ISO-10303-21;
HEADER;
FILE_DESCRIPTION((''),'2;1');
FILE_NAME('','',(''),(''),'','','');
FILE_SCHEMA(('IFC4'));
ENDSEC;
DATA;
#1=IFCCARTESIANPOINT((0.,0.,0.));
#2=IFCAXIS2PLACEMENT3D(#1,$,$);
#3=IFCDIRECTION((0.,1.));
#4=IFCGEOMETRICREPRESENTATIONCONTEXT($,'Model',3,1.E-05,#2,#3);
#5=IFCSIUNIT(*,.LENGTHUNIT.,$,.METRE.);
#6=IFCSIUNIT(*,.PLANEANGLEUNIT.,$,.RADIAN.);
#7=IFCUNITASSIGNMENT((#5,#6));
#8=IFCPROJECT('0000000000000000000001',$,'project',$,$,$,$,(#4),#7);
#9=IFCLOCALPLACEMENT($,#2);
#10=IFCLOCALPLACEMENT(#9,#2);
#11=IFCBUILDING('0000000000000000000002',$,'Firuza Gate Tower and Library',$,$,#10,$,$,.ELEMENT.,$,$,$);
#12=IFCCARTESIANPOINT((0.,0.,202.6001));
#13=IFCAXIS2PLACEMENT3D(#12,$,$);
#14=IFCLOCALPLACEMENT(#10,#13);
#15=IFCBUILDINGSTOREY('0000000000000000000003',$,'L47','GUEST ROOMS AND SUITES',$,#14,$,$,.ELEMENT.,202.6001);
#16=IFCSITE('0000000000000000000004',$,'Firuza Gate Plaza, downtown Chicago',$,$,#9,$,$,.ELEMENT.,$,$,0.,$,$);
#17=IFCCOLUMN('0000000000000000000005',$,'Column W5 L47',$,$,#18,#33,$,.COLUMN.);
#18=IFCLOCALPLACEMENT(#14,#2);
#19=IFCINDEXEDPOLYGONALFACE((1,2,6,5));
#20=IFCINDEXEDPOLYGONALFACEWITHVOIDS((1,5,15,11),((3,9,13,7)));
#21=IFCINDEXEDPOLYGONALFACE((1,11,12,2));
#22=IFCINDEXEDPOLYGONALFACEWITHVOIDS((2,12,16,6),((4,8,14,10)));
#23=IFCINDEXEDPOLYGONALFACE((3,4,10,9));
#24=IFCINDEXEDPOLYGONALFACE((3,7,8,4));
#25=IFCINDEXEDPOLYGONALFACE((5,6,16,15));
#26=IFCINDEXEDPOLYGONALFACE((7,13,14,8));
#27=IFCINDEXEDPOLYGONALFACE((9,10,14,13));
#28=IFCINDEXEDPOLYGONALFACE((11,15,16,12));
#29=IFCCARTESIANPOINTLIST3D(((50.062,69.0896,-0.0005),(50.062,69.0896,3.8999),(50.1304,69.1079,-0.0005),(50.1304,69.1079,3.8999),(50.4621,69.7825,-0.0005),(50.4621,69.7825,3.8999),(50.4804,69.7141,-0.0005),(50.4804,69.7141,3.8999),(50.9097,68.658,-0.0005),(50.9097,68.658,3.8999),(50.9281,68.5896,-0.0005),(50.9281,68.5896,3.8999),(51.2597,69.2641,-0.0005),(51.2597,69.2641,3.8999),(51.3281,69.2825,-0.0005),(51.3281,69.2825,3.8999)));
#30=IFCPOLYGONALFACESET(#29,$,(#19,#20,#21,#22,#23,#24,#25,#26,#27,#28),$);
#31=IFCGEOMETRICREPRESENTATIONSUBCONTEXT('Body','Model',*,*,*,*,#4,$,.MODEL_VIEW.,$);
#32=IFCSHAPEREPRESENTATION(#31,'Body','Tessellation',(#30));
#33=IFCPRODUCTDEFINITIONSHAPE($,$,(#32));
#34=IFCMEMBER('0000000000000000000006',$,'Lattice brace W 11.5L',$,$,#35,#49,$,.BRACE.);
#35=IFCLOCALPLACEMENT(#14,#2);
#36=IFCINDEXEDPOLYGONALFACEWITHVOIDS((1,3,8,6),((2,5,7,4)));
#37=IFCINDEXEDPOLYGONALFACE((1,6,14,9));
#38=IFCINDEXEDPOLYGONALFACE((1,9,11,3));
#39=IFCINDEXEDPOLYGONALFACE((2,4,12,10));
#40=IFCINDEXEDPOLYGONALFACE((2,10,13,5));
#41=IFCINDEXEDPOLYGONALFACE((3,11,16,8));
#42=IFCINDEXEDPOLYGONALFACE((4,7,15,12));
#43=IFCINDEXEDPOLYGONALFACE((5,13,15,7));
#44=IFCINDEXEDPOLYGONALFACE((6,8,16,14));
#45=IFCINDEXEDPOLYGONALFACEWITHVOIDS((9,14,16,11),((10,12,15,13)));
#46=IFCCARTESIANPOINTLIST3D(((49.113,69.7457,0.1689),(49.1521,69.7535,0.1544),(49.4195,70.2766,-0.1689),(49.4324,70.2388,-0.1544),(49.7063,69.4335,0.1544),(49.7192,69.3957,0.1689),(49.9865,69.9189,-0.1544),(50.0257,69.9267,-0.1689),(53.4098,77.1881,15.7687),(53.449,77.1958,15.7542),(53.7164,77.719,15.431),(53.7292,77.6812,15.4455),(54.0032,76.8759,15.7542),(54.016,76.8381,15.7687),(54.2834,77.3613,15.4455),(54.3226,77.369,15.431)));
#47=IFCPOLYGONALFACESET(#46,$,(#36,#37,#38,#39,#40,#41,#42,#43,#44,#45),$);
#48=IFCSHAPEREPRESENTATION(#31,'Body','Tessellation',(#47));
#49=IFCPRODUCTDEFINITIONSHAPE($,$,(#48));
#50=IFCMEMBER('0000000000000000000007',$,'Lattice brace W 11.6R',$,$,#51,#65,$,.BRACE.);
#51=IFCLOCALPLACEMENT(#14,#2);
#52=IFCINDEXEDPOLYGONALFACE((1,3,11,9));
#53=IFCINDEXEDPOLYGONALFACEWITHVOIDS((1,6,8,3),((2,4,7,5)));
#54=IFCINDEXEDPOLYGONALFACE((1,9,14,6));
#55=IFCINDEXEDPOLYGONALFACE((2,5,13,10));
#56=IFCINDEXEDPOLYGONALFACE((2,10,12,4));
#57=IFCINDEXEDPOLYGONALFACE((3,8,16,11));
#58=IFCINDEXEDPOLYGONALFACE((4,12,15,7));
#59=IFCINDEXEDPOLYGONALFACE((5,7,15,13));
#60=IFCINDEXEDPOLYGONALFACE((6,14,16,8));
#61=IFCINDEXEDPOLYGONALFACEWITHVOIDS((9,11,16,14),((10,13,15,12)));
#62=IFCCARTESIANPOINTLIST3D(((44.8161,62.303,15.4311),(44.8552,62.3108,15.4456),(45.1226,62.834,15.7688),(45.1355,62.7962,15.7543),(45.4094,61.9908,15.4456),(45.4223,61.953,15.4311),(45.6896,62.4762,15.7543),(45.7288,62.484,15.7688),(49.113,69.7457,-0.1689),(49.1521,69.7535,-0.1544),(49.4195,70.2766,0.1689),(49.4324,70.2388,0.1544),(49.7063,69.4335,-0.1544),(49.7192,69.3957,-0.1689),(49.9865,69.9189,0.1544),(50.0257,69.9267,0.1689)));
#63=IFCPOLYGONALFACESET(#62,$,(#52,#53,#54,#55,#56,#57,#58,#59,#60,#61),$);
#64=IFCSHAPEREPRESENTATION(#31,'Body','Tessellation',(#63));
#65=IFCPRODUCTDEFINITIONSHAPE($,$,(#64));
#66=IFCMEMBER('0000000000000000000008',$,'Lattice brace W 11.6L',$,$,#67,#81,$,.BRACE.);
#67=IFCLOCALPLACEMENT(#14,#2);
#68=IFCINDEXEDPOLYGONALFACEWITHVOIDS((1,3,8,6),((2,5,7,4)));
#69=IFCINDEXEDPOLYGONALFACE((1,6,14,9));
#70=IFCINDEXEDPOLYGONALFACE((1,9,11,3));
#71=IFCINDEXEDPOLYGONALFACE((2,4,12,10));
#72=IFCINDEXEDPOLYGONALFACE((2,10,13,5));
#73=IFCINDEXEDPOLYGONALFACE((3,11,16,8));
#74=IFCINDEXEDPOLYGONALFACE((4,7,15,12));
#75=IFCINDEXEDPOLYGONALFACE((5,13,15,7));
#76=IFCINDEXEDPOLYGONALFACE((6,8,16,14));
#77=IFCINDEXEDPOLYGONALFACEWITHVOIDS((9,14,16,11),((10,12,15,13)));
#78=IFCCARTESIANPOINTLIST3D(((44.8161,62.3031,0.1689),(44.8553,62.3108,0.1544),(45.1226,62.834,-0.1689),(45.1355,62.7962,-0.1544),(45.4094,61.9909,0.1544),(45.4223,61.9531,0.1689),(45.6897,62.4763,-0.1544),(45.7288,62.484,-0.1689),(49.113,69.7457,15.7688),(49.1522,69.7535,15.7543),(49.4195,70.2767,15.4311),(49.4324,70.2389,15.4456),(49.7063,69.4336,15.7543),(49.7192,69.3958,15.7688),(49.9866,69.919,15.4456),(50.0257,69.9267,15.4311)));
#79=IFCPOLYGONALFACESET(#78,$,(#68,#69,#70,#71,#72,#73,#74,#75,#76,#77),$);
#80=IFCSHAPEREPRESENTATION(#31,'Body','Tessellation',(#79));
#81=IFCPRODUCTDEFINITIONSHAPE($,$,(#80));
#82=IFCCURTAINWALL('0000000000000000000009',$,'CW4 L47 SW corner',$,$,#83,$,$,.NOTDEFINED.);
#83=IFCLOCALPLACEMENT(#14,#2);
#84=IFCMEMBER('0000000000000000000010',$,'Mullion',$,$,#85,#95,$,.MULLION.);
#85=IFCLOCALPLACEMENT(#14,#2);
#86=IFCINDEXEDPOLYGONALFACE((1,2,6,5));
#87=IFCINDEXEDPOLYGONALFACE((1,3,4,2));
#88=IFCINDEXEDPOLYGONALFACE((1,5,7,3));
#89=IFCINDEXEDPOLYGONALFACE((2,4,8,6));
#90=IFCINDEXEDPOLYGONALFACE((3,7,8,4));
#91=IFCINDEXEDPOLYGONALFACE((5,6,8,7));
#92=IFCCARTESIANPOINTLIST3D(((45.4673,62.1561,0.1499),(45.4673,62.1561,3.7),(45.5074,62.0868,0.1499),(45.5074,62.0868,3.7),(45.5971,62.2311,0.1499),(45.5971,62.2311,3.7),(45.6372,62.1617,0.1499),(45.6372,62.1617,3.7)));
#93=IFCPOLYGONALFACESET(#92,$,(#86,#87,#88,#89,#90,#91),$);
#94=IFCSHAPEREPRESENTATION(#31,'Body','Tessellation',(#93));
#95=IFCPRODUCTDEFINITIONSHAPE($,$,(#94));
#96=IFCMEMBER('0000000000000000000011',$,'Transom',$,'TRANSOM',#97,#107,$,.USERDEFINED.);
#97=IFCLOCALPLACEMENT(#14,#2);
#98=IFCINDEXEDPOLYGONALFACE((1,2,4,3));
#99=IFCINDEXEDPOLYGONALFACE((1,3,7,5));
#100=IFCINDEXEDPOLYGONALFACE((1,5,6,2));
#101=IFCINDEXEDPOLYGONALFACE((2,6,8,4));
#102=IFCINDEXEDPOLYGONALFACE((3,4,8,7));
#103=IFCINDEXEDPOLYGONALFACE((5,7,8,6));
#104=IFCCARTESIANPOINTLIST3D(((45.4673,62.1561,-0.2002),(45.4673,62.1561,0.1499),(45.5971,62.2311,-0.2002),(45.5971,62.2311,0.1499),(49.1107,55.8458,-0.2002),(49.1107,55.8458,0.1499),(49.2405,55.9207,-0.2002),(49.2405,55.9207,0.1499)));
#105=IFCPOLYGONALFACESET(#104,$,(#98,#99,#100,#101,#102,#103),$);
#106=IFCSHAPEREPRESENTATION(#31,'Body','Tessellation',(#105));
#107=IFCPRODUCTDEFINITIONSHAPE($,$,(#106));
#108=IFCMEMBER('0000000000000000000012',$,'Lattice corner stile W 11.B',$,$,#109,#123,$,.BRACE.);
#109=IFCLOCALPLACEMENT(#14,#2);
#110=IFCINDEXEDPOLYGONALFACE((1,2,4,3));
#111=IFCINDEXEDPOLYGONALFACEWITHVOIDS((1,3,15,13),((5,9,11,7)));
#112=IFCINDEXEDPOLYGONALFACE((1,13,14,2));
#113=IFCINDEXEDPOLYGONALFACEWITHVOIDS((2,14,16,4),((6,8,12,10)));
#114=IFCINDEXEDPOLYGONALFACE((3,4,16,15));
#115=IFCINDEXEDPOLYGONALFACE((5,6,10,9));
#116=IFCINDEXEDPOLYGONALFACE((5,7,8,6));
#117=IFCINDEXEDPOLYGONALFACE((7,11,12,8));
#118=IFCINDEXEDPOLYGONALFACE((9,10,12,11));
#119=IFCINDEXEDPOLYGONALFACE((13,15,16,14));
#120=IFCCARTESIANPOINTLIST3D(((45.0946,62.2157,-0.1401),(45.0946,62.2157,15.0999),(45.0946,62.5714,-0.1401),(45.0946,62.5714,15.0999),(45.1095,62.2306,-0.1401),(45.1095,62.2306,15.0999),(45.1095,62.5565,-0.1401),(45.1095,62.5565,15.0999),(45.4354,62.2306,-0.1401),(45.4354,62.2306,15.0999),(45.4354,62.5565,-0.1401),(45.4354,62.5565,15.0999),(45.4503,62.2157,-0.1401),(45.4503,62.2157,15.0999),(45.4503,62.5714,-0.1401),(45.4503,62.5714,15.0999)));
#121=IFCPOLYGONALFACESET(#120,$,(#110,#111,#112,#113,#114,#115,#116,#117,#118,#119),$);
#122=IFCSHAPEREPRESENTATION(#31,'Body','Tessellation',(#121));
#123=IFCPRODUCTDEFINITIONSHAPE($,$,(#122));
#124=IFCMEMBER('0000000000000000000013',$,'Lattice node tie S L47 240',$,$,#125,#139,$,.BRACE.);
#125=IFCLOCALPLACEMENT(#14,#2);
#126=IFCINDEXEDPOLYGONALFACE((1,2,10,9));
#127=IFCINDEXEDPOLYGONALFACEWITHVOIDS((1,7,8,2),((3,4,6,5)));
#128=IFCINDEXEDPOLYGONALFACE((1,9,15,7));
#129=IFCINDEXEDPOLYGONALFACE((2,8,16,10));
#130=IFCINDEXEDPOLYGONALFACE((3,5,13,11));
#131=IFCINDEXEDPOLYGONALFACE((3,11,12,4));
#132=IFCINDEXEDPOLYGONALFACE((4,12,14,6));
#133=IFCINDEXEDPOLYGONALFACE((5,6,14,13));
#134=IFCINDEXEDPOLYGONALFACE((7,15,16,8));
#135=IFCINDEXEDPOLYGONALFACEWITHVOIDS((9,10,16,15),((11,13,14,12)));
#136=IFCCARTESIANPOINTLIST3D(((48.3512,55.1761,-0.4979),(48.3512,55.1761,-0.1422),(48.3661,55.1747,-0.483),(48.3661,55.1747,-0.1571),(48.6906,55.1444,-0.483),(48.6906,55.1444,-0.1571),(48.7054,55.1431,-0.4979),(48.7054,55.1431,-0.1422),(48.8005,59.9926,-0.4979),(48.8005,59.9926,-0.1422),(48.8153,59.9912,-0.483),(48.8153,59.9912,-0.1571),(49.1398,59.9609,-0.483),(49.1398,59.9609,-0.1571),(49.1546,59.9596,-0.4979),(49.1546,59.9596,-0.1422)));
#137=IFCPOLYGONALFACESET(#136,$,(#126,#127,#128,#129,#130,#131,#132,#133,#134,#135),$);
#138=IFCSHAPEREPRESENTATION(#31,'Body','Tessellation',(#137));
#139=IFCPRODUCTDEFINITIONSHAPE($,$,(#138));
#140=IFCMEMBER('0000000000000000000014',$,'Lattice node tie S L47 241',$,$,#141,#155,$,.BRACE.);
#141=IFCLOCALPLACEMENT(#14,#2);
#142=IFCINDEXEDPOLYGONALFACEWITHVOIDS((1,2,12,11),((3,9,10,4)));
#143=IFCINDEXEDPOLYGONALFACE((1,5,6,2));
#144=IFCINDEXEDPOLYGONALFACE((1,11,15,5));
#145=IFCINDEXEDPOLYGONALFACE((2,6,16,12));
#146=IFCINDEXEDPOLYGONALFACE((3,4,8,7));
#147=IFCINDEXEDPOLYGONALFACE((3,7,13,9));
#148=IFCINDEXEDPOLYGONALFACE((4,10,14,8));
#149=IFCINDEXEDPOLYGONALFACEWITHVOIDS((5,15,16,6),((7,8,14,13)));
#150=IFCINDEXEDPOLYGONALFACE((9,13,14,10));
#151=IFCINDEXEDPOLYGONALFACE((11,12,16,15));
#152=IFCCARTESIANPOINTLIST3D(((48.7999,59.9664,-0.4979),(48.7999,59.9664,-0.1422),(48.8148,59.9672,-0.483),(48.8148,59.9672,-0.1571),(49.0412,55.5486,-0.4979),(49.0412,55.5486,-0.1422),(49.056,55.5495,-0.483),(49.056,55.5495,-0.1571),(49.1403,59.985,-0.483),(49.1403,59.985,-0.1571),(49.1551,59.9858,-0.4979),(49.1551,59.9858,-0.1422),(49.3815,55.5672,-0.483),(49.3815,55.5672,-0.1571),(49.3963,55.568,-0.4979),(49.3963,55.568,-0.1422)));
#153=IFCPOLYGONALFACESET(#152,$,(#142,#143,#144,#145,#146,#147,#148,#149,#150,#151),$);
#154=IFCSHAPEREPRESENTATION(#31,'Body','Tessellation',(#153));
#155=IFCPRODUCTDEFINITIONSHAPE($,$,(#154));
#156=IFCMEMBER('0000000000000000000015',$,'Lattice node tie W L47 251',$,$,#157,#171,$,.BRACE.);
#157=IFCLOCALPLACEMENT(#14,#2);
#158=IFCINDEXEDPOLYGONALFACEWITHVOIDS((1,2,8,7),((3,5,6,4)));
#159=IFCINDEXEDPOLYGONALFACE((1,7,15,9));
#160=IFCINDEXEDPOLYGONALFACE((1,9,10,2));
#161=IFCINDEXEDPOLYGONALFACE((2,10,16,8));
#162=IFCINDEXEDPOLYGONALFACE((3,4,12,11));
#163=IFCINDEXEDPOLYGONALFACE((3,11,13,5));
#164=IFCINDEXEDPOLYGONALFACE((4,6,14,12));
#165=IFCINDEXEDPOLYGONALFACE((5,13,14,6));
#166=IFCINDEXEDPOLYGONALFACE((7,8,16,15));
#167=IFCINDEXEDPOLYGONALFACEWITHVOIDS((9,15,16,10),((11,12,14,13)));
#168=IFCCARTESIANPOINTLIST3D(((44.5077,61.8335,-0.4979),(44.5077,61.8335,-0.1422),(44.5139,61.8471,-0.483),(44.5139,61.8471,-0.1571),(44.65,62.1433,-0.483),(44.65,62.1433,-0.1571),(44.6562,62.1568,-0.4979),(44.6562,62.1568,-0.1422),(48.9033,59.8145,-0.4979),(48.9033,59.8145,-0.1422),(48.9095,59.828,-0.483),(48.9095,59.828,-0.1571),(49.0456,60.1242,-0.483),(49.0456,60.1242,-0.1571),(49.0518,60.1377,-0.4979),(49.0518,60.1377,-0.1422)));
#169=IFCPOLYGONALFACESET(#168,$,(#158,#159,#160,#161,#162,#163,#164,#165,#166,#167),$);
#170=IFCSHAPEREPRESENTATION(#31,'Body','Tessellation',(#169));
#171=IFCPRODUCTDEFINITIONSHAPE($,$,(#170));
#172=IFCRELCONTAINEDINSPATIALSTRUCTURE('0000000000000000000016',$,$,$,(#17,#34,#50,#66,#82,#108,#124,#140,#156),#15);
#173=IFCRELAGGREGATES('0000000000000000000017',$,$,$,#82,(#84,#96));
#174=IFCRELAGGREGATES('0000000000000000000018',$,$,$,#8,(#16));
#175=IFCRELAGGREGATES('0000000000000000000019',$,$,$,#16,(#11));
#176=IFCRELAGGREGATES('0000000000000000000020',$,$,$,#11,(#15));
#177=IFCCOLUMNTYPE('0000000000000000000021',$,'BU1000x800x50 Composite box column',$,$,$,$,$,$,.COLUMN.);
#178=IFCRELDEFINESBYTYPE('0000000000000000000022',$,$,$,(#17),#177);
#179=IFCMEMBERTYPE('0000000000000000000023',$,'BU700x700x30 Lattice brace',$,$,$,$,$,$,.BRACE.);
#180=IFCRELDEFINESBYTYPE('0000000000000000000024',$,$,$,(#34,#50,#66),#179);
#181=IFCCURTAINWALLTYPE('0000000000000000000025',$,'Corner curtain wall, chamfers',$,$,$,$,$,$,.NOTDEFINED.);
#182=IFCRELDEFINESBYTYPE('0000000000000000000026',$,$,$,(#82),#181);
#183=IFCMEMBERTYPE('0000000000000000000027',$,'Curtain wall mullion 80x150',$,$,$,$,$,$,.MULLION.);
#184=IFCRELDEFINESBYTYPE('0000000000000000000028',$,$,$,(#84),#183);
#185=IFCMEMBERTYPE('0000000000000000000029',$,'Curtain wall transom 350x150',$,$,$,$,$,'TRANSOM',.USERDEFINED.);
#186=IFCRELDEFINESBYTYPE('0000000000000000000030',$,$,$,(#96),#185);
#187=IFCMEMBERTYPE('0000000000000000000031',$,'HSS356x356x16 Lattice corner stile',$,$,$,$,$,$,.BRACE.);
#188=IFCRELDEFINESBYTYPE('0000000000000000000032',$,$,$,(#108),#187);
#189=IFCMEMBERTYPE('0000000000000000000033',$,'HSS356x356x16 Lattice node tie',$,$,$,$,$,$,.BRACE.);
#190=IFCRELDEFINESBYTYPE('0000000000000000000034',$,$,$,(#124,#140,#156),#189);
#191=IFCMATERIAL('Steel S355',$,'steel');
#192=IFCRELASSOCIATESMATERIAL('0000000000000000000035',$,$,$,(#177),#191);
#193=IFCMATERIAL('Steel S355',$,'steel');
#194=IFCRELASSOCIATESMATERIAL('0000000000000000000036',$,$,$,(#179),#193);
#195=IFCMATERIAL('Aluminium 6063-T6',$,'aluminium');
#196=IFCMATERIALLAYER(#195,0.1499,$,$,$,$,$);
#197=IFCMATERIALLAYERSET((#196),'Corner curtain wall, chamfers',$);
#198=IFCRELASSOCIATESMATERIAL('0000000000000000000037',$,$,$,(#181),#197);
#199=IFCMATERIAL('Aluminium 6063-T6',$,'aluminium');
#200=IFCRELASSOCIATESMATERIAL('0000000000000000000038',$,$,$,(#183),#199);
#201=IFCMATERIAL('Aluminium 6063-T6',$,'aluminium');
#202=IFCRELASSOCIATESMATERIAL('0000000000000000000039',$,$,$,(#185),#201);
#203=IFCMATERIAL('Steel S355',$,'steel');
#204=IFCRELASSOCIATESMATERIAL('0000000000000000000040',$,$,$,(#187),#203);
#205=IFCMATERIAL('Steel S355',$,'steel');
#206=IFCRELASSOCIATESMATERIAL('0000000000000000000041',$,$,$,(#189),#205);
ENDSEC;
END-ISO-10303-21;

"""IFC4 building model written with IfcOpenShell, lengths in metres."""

from ifc_helpers import new_model, si_unit, direction, frame, origin, origin_2d, place, context, subcontext, project, spatial, rectangle, hollow_rectangle, extrude, material, layer, layer_set, material_profile, profile_set, type_object, element, aggregate, save


model = new_model("IFC4")

# Units and contexts
model_context = context("Model", 3, precision=1e-05, world=origin(), true_north=direction((0.0, 1.0)))
body_context = subcontext(model_context, "Body", "Model", "MODEL_VIEW")
ifc_project = project(units=[si_unit("LENGTHUNIT", "METRE"), si_unit("PLANEANGLEUNIT", "RADIAN")], contexts=[model_context])

# Site, building, storey
site_placement = place(None, origin())
site = spatial("IfcSite", under=ifc_project, at=site_placement, Name="Firuza Gate Plaza, downtown Chicago", CompositionType="ELEMENT", RefElevation=0.0)
building_placement = place(site_placement, origin())
building = spatial("IfcBuilding", under=site, at=building_placement, Name="Firuza Gate Tower and Library", CompositionType="ELEMENT")
storey_placement = place(building_placement, frame((0.0, 0.0, 202.6001)))
storey = spatial("IfcBuildingStorey", under=building, at=storey_placement, Name="L47", Description="GUEST ROOMS AND SUITES", CompositionType="ELEMENT", Elevation=202.6001)

# Column
ifc_material_1 = material(Name="Steel S355", Category="steel")
ifc_material_profile_1 = material_profile(ifc_material_1, hollow_rectangle(XDim=0.8, YDim=1.0, WallThickness=0.05, at=origin_2d()))
ifc_profile_set_1 = profile_set([ifc_material_profile_1], Name="Steel S355")
column_type = type_object("IfcColumnType", Name="BU1000x800x50 Composite box column", PredefinedType="COLUMN", material=ifc_profile_set_1)
column_placement = place(storey_placement, frame((50.6951, 69.186, -0.0005), z_axis=(0.0, 0.0, 1.0), x_axis=(-0.5, -0.866025, 0.0)))
element("IfcColumn", 1, at=column_placement, inside=storey, type_object=column_type, Name="Column W5 L47", PredefinedType="COLUMN", context=body_context, shape_type="SweptSolid", body=[
    extrude(hollow_rectangle(XDim=0.8, YDim=1.0, WallThickness=0.05, at=origin_2d()), origin(), (0.0, 0.0, 1.0), 3.9004),
])

# Members
ifc_material_2 = material(Name="Steel S355", Category="steel")
ifc_material_profile_2 = material_profile(ifc_material_2, hollow_rectangle(XDim=0.7, YDim=0.7, WallThickness=0.03, at=origin_2d()))
ifc_profile_set_2 = profile_set([ifc_material_profile_2], Name="Steel S355")
member_type_1 = type_object("IfcMemberType", Name="BU700x700x30 Lattice brace", PredefinedType="BRACE", material=ifc_profile_set_2)
member_1_placement = place(storey_placement, frame((49.5693, 69.8362, 0.0), z_axis=(0.241258, 0.417869, 0.875888), x_axis=(-0.866025, 0.500001, 0.0)))
element("IfcMember", 2, at=member_1_placement, inside=storey, type_object=member_type_1, Name="Lattice brace W 11.5L", PredefinedType="BRACE", context=body_context, shape_type="SweptSolid", body=[
    extrude(hollow_rectangle(XDim=0.7, YDim=0.7, WallThickness=0.03, at=origin_2d()), origin(), (0.0, 0.0, 1.0), 17.8103),
])
for number, where, z_axis, x_axis, name in (
    (3, (49.5693, 69.8362, 0.0), (-0.241256, -0.41788, 0.875883), (0.866032, -0.499989, 0.0), "Lattice brace W 11.6R"),
    (4, (45.2725, 62.3936, 0.0), (0.241256, 0.41788, 0.875883), (-0.866032, 0.499989, 0.0), "Lattice brace W 11.6L"),
):
    element("IfcMember", number, at=place(storey_placement, frame(where, z_axis=z_axis, x_axis=x_axis)), inside=storey, type_object=member_type_1, Name=name, PredefinedType="BRACE", context=body_context, shape_type="SweptSolid", body=[
        extrude(hollow_rectangle(XDim=0.7, YDim=0.7, WallThickness=0.03, at=origin_2d()), origin(), (0.0, 0.0, 1.0), 17.8105),
    ])

# Curtain wall, members
ifc_material_3 = material(Name="Aluminium 6063-T6", Category="aluminium")
ifc_layer_1 = layer(ifc_material_3, 0.1499)
ifc_layer_set_1 = layer_set([ifc_layer_1], Name="Corner curtain wall, chamfers")
curtain_wall_type = type_object("IfcCurtainWallType", Name="Corner curtain wall, chamfers", PredefinedType="NOTDEFINED", material=ifc_layer_set_1)
curtain_wall_placement = place(storey_placement, origin())
curtain_wall = element("IfcCurtainWall", 5, at=curtain_wall_placement, inside=storey, type_object=curtain_wall_type, Name="CW4 L47 SW corner", PredefinedType="NOTDEFINED")
ifc_material_4 = material(Name="Aluminium 6063-T6", Category="aluminium")
ifc_material_profile_3 = material_profile(ifc_material_4, rectangle(XDim=0.1499, YDim=0.0801, at=origin_2d()))
ifc_profile_set_3 = profile_set([ifc_material_profile_3], Name="Aluminium 6063-T6")
member_type_2 = type_object("IfcMemberType", Name="Curtain wall mullion 80x150", PredefinedType="MULLION", material=ifc_profile_set_3)
member_2_placement = place(storey_placement, frame((45.5522, 62.1589, 0.1499), z_axis=(0.0, 0.0, 1.0), x_axis=(0.866025, 0.5, 0.0)))
member_2 = element("IfcMember", 6, at=member_2_placement, type_object=member_type_2, Name="Mullion", PredefinedType="MULLION", context=body_context, shape_type="SweptSolid", body=[
    extrude(rectangle(XDim=0.1499, YDim=0.0801, at=origin_2d()), origin(), (0.0, 0.0, 1.0), 3.55),
])
ifc_material_5 = material(Name="Aluminium 6063-T6", Category="aluminium")
ifc_material_profile_4 = material_profile(ifc_material_5, rectangle(XDim=0.1499, YDim=0.3501, at=origin_2d()))
ifc_profile_set_4 = profile_set([ifc_material_profile_4], Name="Aluminium 6063-T6")
member_type_3 = type_object("IfcMemberType", Name="Curtain wall transom 350x150", ElementType="TRANSOM", PredefinedType="USERDEFINED", material=ifc_profile_set_4)
member_3_placement = place(storey_placement, frame((45.5322, 62.1936, -0.0251), z_axis=(0.500006, -0.866022, 0.0), x_axis=(0.866022, 0.500006, 0.0)))
member_3 = element("IfcMember", 7, at=member_3_placement, type_object=member_type_3, Name="Transom", ObjectType="TRANSOM", PredefinedType="USERDEFINED", context=body_context, shape_type="SweptSolid", body=[
    extrude(rectangle(XDim=0.1499, YDim=0.3501, at=origin_2d()), origin(), (0.0, 0.0, 1.0), 7.2866),
])

# Members
ifc_material_6 = material(Name="Steel S355", Category="steel")
ifc_material_profile_5 = material_profile(ifc_material_6, hollow_rectangle(XDim=0.3557, YDim=0.3557, WallThickness=0.0149, at=origin_2d()))
ifc_profile_set_5 = profile_set([ifc_material_profile_5], Name="Steel S355")
member_type_4 = type_object("IfcMemberType", Name="HSS356x356x16 Lattice corner stile", PredefinedType="BRACE", material=ifc_profile_set_5)
member_4_placement = place(storey_placement, frame((45.2725, 62.3936, -0.1401), z_axis=(0.0, 0.0, 1.0), x_axis=(1.0, 0.0, 0.0)))
element("IfcMember", 8, at=member_4_placement, inside=storey, type_object=member_type_4, Name="Lattice corner stile W 11.B", PredefinedType="BRACE", context=body_context, shape_type="SweptSolid", body=[
    extrude(hollow_rectangle(XDim=0.3557, YDim=0.3557, WallThickness=0.0149, at=origin_2d()), origin(), (0.0, 0.0, 1.0), 15.24),
])
ifc_material_7 = material(Name="Steel S355", Category="steel")
ifc_material_profile_6 = material_profile(ifc_material_7, hollow_rectangle(XDim=0.3557, YDim=0.3557, WallThickness=0.0149, at=origin_2d()))
ifc_profile_set_6 = profile_set([ifc_material_profile_6], Name="Steel S355")
member_type_5 = type_object("IfcMemberType", Name="HSS356x356x16 Lattice node tie", PredefinedType="BRACE", material=ifc_profile_set_6)
member_5_placement = place(storey_placement, frame((48.9775, 59.9761, -0.3201), z_axis=(-0.092865, -0.995679, 0.0), x_axis=(0.995679, -0.092865, 0.0)))
element("IfcMember", 9, at=member_5_placement, inside=storey, type_object=member_type_5, Name="Lattice node tie S L47 240", PredefinedType="BRACE", context=body_context, shape_type="SweptSolid", body=[
    extrude(hollow_rectangle(XDim=0.3557, YDim=0.3557, WallThickness=0.0149, at=origin_2d()), origin(), (0.0, 0.0, 1.0), 4.8374),
])
member_6_placement = place(storey_placement, frame((48.9775, 59.9761, -0.3201), z_axis=(0.05452, -0.998513, 0.0), x_axis=(0.998513, 0.05452, 0.0)))
element("IfcMember", 10, at=member_6_placement, inside=storey, type_object=member_type_5, Name="Lattice node tie S L47 241", PredefinedType="BRACE", context=body_context, shape_type="SweptSolid", body=[
    extrude(hollow_rectangle(XDim=0.3557, YDim=0.3557, WallThickness=0.0149, at=origin_2d()), origin(), (0.0, 0.0, 1.0), 4.4243),
])
member_7_placement = place(storey_placement, frame((48.9775, 59.9761, -0.3201), z_axis=(-0.908717, 0.417412, 0.0), x_axis=(-0.417412, -0.908717, 0.0)))
element("IfcMember", 11, at=member_7_placement, inside=storey, type_object=member_type_5, Name="Lattice node tie W L47 251", PredefinedType="BRACE", context=body_context, shape_type="SweptSolid", body=[
    extrude(hollow_rectangle(XDim=0.3557, YDim=0.3557, WallThickness=0.0149, at=origin_2d()), origin(), (0.0, 0.0, 1.0), 4.8372),
])

aggregate(curtain_wall, [member_2, member_3])

save(model, "model.ifc")
